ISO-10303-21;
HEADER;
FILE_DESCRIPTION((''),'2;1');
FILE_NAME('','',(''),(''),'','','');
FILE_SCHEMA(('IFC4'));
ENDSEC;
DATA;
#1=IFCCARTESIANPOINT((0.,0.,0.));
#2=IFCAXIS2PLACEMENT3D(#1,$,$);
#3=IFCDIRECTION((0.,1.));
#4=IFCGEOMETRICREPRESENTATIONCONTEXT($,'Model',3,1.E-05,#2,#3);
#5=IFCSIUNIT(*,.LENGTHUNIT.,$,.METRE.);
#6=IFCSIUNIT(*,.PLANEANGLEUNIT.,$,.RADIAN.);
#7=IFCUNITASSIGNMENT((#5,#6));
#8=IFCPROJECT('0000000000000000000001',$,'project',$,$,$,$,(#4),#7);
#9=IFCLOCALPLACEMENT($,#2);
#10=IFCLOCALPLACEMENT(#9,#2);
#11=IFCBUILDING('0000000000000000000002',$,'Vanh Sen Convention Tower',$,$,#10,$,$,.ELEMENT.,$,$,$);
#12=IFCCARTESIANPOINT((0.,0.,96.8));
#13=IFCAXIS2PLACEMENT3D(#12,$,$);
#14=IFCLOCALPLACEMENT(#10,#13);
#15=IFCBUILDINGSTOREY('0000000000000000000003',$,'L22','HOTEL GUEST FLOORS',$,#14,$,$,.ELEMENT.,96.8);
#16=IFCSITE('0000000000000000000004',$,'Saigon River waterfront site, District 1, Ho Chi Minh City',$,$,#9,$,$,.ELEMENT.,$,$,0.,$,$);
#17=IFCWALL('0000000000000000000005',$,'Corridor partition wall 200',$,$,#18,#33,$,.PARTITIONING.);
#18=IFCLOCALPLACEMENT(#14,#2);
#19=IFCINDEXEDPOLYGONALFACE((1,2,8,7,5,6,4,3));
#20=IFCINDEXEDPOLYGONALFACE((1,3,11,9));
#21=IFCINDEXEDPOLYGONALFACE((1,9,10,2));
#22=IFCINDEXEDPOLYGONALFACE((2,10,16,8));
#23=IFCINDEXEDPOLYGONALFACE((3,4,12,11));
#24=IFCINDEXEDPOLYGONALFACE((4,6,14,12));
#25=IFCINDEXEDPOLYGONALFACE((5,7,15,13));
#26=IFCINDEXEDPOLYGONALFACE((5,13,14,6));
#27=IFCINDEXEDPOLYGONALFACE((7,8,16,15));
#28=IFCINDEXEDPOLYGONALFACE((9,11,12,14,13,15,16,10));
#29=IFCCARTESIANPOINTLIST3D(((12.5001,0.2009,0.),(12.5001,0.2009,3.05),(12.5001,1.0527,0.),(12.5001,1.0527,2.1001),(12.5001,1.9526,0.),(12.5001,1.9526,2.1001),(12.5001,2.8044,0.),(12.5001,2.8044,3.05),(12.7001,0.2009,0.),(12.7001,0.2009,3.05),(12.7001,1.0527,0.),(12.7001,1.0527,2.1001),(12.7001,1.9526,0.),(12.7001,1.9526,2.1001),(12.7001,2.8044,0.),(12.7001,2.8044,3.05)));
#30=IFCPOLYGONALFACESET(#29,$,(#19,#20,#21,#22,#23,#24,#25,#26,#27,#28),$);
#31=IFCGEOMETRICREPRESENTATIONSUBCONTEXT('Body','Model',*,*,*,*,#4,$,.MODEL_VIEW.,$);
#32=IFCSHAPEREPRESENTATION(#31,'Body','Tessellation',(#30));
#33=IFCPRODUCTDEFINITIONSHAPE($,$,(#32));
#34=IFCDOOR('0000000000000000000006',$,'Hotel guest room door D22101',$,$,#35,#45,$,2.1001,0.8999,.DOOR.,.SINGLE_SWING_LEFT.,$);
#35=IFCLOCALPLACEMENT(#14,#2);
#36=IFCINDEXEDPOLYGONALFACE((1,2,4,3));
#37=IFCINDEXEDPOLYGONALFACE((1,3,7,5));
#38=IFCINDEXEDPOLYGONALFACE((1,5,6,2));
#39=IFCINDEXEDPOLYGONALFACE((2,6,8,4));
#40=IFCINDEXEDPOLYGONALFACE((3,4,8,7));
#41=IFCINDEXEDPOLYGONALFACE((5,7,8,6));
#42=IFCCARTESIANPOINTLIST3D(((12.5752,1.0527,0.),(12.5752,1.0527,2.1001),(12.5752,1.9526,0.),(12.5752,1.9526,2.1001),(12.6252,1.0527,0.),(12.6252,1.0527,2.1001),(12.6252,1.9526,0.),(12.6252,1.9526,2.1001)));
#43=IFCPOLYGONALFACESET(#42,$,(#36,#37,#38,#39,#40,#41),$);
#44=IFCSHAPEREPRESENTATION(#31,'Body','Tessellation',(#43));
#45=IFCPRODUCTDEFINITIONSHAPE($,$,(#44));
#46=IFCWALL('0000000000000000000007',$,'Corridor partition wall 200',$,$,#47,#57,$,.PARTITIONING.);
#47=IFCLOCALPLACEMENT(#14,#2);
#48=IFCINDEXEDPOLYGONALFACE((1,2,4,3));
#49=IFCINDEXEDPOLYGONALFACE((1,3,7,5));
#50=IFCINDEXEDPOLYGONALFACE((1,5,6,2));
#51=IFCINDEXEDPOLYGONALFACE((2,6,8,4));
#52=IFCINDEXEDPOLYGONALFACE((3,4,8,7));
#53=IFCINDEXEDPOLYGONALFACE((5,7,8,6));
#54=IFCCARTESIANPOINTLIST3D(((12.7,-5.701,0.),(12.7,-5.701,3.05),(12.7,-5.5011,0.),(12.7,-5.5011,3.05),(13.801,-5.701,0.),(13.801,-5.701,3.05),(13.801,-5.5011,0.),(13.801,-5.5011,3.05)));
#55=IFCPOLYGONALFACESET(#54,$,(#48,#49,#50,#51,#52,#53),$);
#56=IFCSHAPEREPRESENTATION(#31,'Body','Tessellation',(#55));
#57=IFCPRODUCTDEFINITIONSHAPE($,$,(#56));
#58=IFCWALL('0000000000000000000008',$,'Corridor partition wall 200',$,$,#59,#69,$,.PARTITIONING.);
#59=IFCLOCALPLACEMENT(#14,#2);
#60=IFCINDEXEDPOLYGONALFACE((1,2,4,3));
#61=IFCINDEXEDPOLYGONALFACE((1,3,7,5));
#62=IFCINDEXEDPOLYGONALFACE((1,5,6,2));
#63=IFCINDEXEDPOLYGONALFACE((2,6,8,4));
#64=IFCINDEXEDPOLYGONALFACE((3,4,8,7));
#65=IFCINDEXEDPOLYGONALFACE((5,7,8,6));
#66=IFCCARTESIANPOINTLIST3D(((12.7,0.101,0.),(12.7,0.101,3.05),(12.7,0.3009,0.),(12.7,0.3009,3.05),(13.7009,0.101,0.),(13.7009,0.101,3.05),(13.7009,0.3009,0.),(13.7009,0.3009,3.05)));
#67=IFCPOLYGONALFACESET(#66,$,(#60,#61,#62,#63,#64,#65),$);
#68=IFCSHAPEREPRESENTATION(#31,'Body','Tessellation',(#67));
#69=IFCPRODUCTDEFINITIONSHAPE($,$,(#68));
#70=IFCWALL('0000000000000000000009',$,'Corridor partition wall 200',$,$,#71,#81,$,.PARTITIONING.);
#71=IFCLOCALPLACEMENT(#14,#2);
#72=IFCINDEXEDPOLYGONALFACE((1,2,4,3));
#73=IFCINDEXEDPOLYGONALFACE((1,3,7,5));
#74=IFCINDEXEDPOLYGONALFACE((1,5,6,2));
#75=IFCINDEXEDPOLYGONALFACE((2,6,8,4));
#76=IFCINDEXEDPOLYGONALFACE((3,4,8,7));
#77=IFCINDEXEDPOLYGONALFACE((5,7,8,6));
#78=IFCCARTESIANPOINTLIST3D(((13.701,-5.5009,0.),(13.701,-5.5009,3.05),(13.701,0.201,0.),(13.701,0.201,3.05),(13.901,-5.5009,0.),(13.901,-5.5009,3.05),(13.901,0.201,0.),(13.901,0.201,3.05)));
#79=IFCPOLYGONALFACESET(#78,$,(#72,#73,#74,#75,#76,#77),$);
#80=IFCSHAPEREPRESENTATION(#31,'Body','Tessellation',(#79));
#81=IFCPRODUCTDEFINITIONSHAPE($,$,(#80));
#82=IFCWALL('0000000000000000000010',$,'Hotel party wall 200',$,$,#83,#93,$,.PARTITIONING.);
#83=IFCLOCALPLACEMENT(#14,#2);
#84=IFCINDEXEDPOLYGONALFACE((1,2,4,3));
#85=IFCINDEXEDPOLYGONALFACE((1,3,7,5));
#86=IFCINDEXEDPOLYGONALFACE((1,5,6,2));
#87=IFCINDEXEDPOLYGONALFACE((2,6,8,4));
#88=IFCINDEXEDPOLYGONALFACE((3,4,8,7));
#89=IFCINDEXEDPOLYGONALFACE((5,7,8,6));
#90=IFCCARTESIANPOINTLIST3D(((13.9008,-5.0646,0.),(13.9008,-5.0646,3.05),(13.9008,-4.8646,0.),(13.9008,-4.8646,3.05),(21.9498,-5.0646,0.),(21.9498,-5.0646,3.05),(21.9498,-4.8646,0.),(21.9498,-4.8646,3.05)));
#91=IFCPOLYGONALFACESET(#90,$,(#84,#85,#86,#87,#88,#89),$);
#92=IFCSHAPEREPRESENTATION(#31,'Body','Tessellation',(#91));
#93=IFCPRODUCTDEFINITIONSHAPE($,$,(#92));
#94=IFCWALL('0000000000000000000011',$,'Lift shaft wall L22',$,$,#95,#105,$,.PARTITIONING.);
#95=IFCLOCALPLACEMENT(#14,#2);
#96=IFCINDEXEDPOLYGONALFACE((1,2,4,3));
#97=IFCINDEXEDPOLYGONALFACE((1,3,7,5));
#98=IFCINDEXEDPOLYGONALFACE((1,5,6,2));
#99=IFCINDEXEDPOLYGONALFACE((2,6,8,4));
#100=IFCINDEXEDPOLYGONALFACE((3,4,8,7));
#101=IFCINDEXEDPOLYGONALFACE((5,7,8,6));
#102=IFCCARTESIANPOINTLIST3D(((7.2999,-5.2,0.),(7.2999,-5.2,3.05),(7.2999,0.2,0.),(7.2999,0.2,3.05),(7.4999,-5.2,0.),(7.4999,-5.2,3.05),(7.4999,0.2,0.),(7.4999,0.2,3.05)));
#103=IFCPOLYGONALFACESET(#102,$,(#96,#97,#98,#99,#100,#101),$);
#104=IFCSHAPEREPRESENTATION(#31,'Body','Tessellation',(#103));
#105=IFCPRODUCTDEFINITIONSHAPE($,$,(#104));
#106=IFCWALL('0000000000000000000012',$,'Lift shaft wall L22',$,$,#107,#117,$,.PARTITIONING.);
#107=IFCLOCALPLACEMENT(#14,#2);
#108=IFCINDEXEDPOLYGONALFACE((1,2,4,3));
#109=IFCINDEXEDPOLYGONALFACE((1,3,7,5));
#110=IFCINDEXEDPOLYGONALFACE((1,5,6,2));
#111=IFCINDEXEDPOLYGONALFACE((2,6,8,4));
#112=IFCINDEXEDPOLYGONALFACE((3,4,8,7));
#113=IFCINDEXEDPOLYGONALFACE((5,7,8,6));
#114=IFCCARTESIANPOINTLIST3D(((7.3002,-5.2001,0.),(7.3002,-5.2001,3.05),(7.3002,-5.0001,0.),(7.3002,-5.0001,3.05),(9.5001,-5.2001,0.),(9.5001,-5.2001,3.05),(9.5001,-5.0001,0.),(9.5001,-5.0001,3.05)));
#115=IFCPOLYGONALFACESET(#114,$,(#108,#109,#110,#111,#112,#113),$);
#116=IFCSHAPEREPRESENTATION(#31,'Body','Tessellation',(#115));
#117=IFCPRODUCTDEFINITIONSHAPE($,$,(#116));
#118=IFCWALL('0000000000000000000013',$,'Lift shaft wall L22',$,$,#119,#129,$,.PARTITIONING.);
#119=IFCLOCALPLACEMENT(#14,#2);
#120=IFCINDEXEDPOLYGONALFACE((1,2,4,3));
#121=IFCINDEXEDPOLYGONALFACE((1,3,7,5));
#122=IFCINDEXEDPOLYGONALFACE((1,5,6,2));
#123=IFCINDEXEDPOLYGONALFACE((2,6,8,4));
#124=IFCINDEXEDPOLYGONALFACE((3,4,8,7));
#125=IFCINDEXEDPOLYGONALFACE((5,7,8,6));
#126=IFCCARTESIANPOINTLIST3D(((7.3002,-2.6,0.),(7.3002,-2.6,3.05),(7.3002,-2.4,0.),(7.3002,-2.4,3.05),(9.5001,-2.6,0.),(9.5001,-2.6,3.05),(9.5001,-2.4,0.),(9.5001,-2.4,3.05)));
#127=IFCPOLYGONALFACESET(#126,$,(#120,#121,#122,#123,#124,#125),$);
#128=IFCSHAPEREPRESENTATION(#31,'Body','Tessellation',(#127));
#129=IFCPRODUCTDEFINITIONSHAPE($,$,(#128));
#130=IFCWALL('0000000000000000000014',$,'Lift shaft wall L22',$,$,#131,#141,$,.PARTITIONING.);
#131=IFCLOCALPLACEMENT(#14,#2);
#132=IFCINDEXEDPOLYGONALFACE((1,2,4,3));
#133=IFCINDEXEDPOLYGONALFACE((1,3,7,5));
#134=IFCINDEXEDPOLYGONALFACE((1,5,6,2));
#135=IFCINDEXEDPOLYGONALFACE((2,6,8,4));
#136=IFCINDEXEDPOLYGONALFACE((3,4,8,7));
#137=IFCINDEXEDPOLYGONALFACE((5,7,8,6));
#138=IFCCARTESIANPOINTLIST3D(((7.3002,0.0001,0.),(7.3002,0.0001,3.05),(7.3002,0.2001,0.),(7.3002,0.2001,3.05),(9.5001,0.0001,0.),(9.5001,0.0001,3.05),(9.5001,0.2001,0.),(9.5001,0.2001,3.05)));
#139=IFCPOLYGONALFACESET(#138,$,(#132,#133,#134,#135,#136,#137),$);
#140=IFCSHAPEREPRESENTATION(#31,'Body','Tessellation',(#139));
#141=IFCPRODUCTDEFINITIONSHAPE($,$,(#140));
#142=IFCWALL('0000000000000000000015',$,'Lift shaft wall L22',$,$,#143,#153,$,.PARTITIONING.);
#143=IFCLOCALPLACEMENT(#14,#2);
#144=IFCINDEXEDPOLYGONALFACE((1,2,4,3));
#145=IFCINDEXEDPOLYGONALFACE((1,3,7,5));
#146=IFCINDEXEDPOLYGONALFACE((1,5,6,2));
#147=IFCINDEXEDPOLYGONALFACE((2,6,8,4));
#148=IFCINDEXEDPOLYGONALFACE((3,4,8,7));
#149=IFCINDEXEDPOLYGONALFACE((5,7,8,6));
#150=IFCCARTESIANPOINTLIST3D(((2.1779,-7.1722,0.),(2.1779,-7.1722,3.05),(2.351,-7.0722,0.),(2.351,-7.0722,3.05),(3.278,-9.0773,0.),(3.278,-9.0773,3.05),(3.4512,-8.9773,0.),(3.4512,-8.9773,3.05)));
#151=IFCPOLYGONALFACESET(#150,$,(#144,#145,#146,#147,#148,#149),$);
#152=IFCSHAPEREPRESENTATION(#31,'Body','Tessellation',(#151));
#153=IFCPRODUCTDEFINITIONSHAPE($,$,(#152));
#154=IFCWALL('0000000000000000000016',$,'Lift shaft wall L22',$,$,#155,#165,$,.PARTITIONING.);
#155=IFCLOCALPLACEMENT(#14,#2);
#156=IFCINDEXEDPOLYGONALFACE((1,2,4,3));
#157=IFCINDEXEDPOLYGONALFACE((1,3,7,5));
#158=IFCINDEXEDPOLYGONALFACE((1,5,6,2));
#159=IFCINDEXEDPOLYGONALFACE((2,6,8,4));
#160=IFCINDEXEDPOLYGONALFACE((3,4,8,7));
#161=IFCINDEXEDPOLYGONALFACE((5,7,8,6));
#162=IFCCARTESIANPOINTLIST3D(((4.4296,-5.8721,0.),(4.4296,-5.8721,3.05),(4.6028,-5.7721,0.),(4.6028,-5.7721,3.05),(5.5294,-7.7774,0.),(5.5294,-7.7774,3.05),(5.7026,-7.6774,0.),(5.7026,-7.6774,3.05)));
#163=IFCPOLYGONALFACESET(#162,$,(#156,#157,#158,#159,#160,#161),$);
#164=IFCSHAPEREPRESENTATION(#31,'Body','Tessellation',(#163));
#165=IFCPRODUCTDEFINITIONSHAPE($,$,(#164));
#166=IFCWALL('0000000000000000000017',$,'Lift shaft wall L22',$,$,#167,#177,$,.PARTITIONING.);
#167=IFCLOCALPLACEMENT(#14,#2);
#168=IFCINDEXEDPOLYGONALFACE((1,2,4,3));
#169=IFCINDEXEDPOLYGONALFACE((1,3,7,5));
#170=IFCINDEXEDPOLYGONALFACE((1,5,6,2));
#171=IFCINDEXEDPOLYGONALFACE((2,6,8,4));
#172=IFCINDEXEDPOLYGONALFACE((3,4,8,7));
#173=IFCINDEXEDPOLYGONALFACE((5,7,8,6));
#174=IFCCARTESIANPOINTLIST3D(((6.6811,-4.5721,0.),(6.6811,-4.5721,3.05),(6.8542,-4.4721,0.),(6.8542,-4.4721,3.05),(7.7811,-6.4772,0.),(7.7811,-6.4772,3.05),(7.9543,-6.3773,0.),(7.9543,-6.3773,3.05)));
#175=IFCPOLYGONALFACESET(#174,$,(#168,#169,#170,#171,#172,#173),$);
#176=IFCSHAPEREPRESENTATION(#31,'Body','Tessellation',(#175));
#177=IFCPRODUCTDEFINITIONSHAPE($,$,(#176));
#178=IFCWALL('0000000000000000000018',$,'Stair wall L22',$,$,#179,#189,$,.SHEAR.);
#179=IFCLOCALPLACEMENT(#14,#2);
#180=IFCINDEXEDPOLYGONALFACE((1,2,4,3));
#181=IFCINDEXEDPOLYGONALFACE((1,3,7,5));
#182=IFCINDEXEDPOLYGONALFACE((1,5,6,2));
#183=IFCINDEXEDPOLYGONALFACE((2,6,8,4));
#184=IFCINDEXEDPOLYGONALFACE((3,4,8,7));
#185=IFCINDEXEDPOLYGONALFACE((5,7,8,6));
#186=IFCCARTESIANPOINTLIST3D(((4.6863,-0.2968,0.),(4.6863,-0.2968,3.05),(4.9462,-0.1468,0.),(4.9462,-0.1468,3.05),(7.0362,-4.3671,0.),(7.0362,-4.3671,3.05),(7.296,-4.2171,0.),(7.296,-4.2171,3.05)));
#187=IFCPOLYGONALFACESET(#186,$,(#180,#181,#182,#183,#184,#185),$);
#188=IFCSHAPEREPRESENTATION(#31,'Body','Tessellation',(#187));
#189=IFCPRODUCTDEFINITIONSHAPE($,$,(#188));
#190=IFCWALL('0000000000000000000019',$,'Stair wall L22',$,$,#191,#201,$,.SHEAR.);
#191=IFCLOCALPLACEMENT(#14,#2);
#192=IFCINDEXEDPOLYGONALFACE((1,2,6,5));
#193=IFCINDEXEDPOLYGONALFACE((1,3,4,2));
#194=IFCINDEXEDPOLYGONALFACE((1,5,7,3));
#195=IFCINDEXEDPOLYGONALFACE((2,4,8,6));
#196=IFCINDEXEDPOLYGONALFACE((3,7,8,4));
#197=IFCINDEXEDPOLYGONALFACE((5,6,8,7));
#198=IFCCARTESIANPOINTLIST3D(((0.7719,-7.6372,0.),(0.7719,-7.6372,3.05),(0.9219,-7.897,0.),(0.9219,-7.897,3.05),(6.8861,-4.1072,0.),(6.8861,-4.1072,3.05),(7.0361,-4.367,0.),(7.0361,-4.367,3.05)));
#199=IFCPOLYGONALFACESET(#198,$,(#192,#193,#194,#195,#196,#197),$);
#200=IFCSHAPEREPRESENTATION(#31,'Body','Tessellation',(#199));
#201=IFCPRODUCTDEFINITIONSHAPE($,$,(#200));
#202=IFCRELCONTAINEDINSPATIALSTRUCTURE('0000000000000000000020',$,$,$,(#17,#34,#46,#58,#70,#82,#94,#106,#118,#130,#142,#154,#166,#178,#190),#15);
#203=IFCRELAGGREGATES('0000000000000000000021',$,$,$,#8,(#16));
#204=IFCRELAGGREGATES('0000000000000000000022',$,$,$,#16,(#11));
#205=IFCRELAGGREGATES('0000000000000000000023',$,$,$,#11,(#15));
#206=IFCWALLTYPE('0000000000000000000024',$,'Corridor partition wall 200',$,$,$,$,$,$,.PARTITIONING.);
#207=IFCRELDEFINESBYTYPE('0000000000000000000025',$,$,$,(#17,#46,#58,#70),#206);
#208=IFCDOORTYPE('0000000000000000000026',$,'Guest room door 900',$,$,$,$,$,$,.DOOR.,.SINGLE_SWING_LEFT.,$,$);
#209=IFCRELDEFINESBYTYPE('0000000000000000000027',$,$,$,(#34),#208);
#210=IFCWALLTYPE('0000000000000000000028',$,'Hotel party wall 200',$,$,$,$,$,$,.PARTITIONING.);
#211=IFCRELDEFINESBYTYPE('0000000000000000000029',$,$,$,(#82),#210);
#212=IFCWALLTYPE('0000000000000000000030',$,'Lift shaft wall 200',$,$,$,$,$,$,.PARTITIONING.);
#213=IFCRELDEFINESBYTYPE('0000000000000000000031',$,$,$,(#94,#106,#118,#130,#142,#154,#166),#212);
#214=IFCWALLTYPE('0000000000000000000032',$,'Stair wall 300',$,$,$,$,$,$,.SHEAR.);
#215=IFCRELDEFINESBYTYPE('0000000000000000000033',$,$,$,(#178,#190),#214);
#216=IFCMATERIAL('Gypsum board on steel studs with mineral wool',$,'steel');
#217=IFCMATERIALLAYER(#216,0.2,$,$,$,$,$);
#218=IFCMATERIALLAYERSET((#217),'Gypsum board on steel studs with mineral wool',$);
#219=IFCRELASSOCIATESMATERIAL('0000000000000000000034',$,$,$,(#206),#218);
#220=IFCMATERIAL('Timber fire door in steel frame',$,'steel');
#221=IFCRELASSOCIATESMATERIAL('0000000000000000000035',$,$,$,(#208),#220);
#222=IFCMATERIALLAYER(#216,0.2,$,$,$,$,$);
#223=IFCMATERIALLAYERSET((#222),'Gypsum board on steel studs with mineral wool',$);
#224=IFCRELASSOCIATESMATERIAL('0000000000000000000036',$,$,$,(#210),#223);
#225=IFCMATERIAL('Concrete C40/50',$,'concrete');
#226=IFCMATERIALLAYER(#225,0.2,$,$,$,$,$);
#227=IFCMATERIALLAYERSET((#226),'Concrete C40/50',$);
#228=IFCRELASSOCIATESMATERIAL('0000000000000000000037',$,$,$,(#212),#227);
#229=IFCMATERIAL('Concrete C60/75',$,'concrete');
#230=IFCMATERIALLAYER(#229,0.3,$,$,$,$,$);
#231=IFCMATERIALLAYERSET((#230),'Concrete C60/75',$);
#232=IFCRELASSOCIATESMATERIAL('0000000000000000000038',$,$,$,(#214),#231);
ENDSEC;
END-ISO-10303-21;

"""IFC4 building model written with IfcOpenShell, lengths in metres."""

from ifc_helpers import new_model, si_unit, direction, frame, frame_2d, origin, place, context, subcontext, project, spatial, rectangle, extrude, material, layer, layer_set, type_object, element, fill, save


model = new_model("IFC4")

# Units and contexts
model_context = context("Model", 3, precision=1e-05, world=origin(), true_north=direction((0.0, 1.0)))
body_context = subcontext(model_context, "Body", "Model", "MODEL_VIEW")
ifc_project = project(units=[si_unit("LENGTHUNIT", "METRE"), si_unit("PLANEANGLEUNIT", "RADIAN")], contexts=[model_context])

# Site, building, storey
site_placement = place(None, origin())
site = spatial("IfcSite", under=ifc_project, at=site_placement, Name="Saigon River waterfront site, District 1, Ho Chi Minh City", CompositionType="ELEMENT", RefElevation=0.0)
building_placement = place(site_placement, origin())
building = spatial("IfcBuilding", under=site, at=building_placement, Name="Vanh Sen Convention Tower", CompositionType="ELEMENT")
storey_placement = place(building_placement, frame((0.0, 0.0, 96.8)))
storey = spatial("IfcBuildingStorey", under=building, at=storey_placement, Name="L22", Description="HOTEL GUEST FLOORS", CompositionType="ELEMENT", Elevation=96.8)

# Shared definitions
ifc_material_1 = material(Name="Gypsum board on steel studs with mineral wool", Category="steel")
ifc_layer_1 = layer(ifc_material_1, 0.2)
ifc_layer_set_1 = layer_set([ifc_layer_1], Name="Gypsum board on steel studs with mineral wool")
wall_type_1 = type_object("IfcWallType", Name="Corridor partition wall 200", PredefinedType="PARTITIONING", material=ifc_layer_set_1)

# Shared definitions
ifc_material_2 = material(Name="Timber fire door in steel frame", Category="steel")
door_type_1 = type_object("IfcDoorType", Name="Guest room door 900", OperationType="SINGLE_SWING_LEFT", PredefinedType="DOOR", material=ifc_material_2)

# Wall, opening, door
wall_1_placement = place(storey_placement, frame((12.6001, 0.2009, 0.0), z_axis=(0.0, 0.0, 1.0), x_axis=(0.0, 1.0, 0.0)))
wall_1 = element("IfcWall", 1, at=wall_1_placement, inside=storey, type_object=wall_type_1, Name="Corridor partition wall 200", PredefinedType="PARTITIONING", context=body_context, shape_type="SweptSolid", body=[
    extrude(rectangle(XDim=2.6035, YDim=0.2, at=frame_2d((1.3018, 0.0))), origin(), (0.0, 0.0, 1.0), 3.05),
])
opening_1_placement = place(wall_1_placement, frame((0.8518, 0.0, 0.0)))
opening_1 = element("IfcOpeningElement", 2, at=opening_1_placement, cuts=wall_1, PredefinedType="OPENING", context=body_context, shape_type="SweptSolid", body=[
    extrude(rectangle(XDim=0.8999, YDim=2.1001, at=frame_2d((0.45, 1.05))), frame((0.0, 0.1099, 0.0), z_axis=(0.0, -1.0, 0.0), x_axis=(1.0, 0.0, 0.0)), (0.0, 0.0, 1.0), 0.22),
])
door_1_placement = place(opening_1_placement, origin())
door_1 = element("IfcDoor", 3, at=door_1_placement, inside=storey, type_object=door_type_1, Name="Hotel guest room door D22101", OperationType="SINGLE_SWING_LEFT", OverallHeight=2.1001, OverallWidth=0.8999, PredefinedType="DOOR", context=body_context, shape_type="SweptSolid", body=[
    extrude(rectangle(XDim=0.8999, YDim=2.1001, at=frame_2d((0.45, 1.05))), frame((0.0, 0.0249, 0.0), z_axis=(0.0, -1.0, 0.0), x_axis=(1.0, 0.0, 0.0)), (0.0, 0.0, 1.0), 0.05),
])
fill(opening_1, door_1)

# Walls
wall_2_placement = place(storey_placement, frame((12.7, -5.6011, 0.0), z_axis=(0.0, 0.0, 1.0), x_axis=(1.0, 0.0, 0.0)))
element("IfcWall", 4, at=wall_2_placement, inside=storey, type_object=wall_type_1, Name="Corridor partition wall 200", PredefinedType="PARTITIONING", context=body_context, shape_type="SweptSolid", body=[
    extrude(rectangle(XDim=1.1011, YDim=0.2, at=frame_2d((0.5505, 0.0))), origin(), (0.0, 0.0, 1.0), 3.05),
])
wall_3_placement = place(storey_placement, frame((13.7009, 0.2009, 0.0), z_axis=(0.0, 0.0, 1.0), x_axis=(-1.0, 0.0, 0.0)))
element("IfcWall", 5, at=wall_3_placement, inside=storey, type_object=wall_type_1, Name="Corridor partition wall 200", PredefinedType="PARTITIONING", context=body_context, shape_type="SweptSolid", body=[
    extrude(rectangle(XDim=1.001, YDim=0.2, at=frame_2d((0.5005, 0.0))), origin(), (0.0, 0.0, 1.0), 3.05),
])
wall_4_placement = place(storey_placement, frame((13.801, -5.501, 0.0), z_axis=(0.0, 0.0, 1.0), x_axis=(0.0, 1.0, 0.0)))
element("IfcWall", 6, at=wall_4_placement, inside=storey, type_object=wall_type_1, Name="Corridor partition wall 200", PredefinedType="PARTITIONING", context=body_context, shape_type="SweptSolid", body=[
    extrude(rectangle(XDim=5.7019, YDim=0.2, at=frame_2d((2.8511, 0.0))), origin(), (0.0, 0.0, 1.0), 3.05),
])
ifc_layer_2 = layer(ifc_material_1, 0.2)
ifc_layer_set_2 = layer_set([ifc_layer_2], Name="Gypsum board on steel studs with mineral wool")
wall_type_2 = type_object("IfcWallType", Name="Hotel party wall 200", PredefinedType="PARTITIONING", material=ifc_layer_set_2)
wall_5_placement = place(storey_placement, frame((13.9009, -4.9646, 0.0), z_axis=(0.0, 0.0, 1.0), x_axis=(1.0, 0.0, 0.0)))
element("IfcWall", 7, at=wall_5_placement, inside=storey, type_object=wall_type_2, Name="Hotel party wall 200", PredefinedType="PARTITIONING", context=body_context, shape_type="SweptSolid", body=[
    extrude(rectangle(XDim=8.0491, YDim=0.2, at=frame_2d((4.0244, 0.0))), origin(), (0.0, 0.0, 1.0), 3.05),
])
ifc_material_3 = material(Name="Concrete C40/50", Category="concrete")
ifc_layer_3 = layer(ifc_material_3, 0.2)
ifc_layer_set_3 = layer_set([ifc_layer_3], Name="Concrete C40/50")
wall_type_3 = type_object("IfcWallType", Name="Lift shaft wall 200", PredefinedType="PARTITIONING", material=ifc_layer_set_3)
wall_6_placement = place(storey_placement, frame((7.3999, -5.2, 0.0), z_axis=(0.0, 0.0, 1.0), x_axis=(0.0, 1.0, 0.0)))
element("IfcWall", 8, at=wall_6_placement, inside=storey, type_object=wall_type_3, Name="Lift shaft wall L22", PredefinedType="PARTITIONING", context=body_context, shape_type="SweptSolid", body=[
    extrude(rectangle(XDim=5.3999, YDim=0.2, at=frame_2d((2.7, 0.0))), origin(), (0.0, 0.0, 1.0), 3.05),
])
for number, where, z_axis, x_axis, name in (
    (9, (7.3, -5.1001, 0.0), (0.0, 0.0, 1.0), (1.0, 0.0, 0.0), "Lift shaft wall L22"),
    (10, (7.3, -2.5, 0.0), (0.0, 0.0, 1.0), (1.0, 0.0, 0.0), "Lift shaft wall L22"),
    (11, (7.3, 0.1001, 0.0), (0.0, 0.0, 1.0), (1.0, 0.0, 0.0), "Lift shaft wall L22"),
    (12, (2.2644, -7.1221, 0.0), (0.0, 0.0, 1.0), (0.500078, -0.86598, 0.0), "Lift shaft wall L22"),
    (13, (4.5161, -5.822, 0.0), (0.0, 0.0, 1.0), (0.499947, -0.866056, 0.0), "Lift shaft wall L22"),
    (14, (6.7676, -4.522, 0.0), (0.0, 0.0, 1.0), (0.50003, -0.866008, 0.0), "Lift shaft wall L22"),
):
    element("IfcWall", number, at=place(storey_placement, frame(where, z_axis=z_axis, x_axis=x_axis)), inside=storey, type_object=wall_type_3, Name=name, PredefinedType="PARTITIONING", context=body_context, shape_type="SweptSolid", body=[
        extrude(rectangle(XDim=2.2, YDim=0.2, at=frame_2d((1.1001, 0.0))), origin(), (0.0, 0.0, 1.0), 3.05),
    ])
ifc_material_4 = material(Name="Concrete C60/75", Category="concrete")
ifc_layer_4 = layer(ifc_material_4, 0.3)
ifc_layer_set_4 = layer_set([ifc_layer_4], Name="Concrete C60/75")
wall_type_4 = type_object("IfcWallType", Name="Stair wall 300", PredefinedType="SHEAR", material=ifc_layer_set_4)
wall_7_placement = place(storey_placement, frame((4.8162, -0.2217, 0.0), z_axis=(0.0, 0.0, 1.0), x_axis=(0.499977, -0.866039, 0.0)))
element("IfcWall", 15, at=wall_7_placement, inside=storey, type_object=wall_type_4, Name="Stair wall L22", PredefinedType="SHEAR", context=body_context, shape_type="SweptSolid", body=[
    extrude(rectangle(XDim=4.7, YDim=0.3, at=frame_2d((2.3501, 0.0))), origin(), (0.0, 0.0, 1.0), 3.05),
])
wall_8_placement = place(storey_placement, frame((0.8469, -7.7671, 0.0), z_axis=(0.0, 0.0, 1.0), x_axis=(0.866028, 0.499996, 0.0)))
element("IfcWall", 16, at=wall_8_placement, inside=storey, type_object=wall_type_4, Name="Stair wall L22", PredefinedType="SHEAR", context=body_context, shape_type="SweptSolid", body=[
    extrude(rectangle(XDim=7.0601, YDim=0.3, at=frame_2d((3.53, 0.0))), origin(), (0.0, 0.0, 1.0), 3.05),
])

save(model, "model.ifc")
